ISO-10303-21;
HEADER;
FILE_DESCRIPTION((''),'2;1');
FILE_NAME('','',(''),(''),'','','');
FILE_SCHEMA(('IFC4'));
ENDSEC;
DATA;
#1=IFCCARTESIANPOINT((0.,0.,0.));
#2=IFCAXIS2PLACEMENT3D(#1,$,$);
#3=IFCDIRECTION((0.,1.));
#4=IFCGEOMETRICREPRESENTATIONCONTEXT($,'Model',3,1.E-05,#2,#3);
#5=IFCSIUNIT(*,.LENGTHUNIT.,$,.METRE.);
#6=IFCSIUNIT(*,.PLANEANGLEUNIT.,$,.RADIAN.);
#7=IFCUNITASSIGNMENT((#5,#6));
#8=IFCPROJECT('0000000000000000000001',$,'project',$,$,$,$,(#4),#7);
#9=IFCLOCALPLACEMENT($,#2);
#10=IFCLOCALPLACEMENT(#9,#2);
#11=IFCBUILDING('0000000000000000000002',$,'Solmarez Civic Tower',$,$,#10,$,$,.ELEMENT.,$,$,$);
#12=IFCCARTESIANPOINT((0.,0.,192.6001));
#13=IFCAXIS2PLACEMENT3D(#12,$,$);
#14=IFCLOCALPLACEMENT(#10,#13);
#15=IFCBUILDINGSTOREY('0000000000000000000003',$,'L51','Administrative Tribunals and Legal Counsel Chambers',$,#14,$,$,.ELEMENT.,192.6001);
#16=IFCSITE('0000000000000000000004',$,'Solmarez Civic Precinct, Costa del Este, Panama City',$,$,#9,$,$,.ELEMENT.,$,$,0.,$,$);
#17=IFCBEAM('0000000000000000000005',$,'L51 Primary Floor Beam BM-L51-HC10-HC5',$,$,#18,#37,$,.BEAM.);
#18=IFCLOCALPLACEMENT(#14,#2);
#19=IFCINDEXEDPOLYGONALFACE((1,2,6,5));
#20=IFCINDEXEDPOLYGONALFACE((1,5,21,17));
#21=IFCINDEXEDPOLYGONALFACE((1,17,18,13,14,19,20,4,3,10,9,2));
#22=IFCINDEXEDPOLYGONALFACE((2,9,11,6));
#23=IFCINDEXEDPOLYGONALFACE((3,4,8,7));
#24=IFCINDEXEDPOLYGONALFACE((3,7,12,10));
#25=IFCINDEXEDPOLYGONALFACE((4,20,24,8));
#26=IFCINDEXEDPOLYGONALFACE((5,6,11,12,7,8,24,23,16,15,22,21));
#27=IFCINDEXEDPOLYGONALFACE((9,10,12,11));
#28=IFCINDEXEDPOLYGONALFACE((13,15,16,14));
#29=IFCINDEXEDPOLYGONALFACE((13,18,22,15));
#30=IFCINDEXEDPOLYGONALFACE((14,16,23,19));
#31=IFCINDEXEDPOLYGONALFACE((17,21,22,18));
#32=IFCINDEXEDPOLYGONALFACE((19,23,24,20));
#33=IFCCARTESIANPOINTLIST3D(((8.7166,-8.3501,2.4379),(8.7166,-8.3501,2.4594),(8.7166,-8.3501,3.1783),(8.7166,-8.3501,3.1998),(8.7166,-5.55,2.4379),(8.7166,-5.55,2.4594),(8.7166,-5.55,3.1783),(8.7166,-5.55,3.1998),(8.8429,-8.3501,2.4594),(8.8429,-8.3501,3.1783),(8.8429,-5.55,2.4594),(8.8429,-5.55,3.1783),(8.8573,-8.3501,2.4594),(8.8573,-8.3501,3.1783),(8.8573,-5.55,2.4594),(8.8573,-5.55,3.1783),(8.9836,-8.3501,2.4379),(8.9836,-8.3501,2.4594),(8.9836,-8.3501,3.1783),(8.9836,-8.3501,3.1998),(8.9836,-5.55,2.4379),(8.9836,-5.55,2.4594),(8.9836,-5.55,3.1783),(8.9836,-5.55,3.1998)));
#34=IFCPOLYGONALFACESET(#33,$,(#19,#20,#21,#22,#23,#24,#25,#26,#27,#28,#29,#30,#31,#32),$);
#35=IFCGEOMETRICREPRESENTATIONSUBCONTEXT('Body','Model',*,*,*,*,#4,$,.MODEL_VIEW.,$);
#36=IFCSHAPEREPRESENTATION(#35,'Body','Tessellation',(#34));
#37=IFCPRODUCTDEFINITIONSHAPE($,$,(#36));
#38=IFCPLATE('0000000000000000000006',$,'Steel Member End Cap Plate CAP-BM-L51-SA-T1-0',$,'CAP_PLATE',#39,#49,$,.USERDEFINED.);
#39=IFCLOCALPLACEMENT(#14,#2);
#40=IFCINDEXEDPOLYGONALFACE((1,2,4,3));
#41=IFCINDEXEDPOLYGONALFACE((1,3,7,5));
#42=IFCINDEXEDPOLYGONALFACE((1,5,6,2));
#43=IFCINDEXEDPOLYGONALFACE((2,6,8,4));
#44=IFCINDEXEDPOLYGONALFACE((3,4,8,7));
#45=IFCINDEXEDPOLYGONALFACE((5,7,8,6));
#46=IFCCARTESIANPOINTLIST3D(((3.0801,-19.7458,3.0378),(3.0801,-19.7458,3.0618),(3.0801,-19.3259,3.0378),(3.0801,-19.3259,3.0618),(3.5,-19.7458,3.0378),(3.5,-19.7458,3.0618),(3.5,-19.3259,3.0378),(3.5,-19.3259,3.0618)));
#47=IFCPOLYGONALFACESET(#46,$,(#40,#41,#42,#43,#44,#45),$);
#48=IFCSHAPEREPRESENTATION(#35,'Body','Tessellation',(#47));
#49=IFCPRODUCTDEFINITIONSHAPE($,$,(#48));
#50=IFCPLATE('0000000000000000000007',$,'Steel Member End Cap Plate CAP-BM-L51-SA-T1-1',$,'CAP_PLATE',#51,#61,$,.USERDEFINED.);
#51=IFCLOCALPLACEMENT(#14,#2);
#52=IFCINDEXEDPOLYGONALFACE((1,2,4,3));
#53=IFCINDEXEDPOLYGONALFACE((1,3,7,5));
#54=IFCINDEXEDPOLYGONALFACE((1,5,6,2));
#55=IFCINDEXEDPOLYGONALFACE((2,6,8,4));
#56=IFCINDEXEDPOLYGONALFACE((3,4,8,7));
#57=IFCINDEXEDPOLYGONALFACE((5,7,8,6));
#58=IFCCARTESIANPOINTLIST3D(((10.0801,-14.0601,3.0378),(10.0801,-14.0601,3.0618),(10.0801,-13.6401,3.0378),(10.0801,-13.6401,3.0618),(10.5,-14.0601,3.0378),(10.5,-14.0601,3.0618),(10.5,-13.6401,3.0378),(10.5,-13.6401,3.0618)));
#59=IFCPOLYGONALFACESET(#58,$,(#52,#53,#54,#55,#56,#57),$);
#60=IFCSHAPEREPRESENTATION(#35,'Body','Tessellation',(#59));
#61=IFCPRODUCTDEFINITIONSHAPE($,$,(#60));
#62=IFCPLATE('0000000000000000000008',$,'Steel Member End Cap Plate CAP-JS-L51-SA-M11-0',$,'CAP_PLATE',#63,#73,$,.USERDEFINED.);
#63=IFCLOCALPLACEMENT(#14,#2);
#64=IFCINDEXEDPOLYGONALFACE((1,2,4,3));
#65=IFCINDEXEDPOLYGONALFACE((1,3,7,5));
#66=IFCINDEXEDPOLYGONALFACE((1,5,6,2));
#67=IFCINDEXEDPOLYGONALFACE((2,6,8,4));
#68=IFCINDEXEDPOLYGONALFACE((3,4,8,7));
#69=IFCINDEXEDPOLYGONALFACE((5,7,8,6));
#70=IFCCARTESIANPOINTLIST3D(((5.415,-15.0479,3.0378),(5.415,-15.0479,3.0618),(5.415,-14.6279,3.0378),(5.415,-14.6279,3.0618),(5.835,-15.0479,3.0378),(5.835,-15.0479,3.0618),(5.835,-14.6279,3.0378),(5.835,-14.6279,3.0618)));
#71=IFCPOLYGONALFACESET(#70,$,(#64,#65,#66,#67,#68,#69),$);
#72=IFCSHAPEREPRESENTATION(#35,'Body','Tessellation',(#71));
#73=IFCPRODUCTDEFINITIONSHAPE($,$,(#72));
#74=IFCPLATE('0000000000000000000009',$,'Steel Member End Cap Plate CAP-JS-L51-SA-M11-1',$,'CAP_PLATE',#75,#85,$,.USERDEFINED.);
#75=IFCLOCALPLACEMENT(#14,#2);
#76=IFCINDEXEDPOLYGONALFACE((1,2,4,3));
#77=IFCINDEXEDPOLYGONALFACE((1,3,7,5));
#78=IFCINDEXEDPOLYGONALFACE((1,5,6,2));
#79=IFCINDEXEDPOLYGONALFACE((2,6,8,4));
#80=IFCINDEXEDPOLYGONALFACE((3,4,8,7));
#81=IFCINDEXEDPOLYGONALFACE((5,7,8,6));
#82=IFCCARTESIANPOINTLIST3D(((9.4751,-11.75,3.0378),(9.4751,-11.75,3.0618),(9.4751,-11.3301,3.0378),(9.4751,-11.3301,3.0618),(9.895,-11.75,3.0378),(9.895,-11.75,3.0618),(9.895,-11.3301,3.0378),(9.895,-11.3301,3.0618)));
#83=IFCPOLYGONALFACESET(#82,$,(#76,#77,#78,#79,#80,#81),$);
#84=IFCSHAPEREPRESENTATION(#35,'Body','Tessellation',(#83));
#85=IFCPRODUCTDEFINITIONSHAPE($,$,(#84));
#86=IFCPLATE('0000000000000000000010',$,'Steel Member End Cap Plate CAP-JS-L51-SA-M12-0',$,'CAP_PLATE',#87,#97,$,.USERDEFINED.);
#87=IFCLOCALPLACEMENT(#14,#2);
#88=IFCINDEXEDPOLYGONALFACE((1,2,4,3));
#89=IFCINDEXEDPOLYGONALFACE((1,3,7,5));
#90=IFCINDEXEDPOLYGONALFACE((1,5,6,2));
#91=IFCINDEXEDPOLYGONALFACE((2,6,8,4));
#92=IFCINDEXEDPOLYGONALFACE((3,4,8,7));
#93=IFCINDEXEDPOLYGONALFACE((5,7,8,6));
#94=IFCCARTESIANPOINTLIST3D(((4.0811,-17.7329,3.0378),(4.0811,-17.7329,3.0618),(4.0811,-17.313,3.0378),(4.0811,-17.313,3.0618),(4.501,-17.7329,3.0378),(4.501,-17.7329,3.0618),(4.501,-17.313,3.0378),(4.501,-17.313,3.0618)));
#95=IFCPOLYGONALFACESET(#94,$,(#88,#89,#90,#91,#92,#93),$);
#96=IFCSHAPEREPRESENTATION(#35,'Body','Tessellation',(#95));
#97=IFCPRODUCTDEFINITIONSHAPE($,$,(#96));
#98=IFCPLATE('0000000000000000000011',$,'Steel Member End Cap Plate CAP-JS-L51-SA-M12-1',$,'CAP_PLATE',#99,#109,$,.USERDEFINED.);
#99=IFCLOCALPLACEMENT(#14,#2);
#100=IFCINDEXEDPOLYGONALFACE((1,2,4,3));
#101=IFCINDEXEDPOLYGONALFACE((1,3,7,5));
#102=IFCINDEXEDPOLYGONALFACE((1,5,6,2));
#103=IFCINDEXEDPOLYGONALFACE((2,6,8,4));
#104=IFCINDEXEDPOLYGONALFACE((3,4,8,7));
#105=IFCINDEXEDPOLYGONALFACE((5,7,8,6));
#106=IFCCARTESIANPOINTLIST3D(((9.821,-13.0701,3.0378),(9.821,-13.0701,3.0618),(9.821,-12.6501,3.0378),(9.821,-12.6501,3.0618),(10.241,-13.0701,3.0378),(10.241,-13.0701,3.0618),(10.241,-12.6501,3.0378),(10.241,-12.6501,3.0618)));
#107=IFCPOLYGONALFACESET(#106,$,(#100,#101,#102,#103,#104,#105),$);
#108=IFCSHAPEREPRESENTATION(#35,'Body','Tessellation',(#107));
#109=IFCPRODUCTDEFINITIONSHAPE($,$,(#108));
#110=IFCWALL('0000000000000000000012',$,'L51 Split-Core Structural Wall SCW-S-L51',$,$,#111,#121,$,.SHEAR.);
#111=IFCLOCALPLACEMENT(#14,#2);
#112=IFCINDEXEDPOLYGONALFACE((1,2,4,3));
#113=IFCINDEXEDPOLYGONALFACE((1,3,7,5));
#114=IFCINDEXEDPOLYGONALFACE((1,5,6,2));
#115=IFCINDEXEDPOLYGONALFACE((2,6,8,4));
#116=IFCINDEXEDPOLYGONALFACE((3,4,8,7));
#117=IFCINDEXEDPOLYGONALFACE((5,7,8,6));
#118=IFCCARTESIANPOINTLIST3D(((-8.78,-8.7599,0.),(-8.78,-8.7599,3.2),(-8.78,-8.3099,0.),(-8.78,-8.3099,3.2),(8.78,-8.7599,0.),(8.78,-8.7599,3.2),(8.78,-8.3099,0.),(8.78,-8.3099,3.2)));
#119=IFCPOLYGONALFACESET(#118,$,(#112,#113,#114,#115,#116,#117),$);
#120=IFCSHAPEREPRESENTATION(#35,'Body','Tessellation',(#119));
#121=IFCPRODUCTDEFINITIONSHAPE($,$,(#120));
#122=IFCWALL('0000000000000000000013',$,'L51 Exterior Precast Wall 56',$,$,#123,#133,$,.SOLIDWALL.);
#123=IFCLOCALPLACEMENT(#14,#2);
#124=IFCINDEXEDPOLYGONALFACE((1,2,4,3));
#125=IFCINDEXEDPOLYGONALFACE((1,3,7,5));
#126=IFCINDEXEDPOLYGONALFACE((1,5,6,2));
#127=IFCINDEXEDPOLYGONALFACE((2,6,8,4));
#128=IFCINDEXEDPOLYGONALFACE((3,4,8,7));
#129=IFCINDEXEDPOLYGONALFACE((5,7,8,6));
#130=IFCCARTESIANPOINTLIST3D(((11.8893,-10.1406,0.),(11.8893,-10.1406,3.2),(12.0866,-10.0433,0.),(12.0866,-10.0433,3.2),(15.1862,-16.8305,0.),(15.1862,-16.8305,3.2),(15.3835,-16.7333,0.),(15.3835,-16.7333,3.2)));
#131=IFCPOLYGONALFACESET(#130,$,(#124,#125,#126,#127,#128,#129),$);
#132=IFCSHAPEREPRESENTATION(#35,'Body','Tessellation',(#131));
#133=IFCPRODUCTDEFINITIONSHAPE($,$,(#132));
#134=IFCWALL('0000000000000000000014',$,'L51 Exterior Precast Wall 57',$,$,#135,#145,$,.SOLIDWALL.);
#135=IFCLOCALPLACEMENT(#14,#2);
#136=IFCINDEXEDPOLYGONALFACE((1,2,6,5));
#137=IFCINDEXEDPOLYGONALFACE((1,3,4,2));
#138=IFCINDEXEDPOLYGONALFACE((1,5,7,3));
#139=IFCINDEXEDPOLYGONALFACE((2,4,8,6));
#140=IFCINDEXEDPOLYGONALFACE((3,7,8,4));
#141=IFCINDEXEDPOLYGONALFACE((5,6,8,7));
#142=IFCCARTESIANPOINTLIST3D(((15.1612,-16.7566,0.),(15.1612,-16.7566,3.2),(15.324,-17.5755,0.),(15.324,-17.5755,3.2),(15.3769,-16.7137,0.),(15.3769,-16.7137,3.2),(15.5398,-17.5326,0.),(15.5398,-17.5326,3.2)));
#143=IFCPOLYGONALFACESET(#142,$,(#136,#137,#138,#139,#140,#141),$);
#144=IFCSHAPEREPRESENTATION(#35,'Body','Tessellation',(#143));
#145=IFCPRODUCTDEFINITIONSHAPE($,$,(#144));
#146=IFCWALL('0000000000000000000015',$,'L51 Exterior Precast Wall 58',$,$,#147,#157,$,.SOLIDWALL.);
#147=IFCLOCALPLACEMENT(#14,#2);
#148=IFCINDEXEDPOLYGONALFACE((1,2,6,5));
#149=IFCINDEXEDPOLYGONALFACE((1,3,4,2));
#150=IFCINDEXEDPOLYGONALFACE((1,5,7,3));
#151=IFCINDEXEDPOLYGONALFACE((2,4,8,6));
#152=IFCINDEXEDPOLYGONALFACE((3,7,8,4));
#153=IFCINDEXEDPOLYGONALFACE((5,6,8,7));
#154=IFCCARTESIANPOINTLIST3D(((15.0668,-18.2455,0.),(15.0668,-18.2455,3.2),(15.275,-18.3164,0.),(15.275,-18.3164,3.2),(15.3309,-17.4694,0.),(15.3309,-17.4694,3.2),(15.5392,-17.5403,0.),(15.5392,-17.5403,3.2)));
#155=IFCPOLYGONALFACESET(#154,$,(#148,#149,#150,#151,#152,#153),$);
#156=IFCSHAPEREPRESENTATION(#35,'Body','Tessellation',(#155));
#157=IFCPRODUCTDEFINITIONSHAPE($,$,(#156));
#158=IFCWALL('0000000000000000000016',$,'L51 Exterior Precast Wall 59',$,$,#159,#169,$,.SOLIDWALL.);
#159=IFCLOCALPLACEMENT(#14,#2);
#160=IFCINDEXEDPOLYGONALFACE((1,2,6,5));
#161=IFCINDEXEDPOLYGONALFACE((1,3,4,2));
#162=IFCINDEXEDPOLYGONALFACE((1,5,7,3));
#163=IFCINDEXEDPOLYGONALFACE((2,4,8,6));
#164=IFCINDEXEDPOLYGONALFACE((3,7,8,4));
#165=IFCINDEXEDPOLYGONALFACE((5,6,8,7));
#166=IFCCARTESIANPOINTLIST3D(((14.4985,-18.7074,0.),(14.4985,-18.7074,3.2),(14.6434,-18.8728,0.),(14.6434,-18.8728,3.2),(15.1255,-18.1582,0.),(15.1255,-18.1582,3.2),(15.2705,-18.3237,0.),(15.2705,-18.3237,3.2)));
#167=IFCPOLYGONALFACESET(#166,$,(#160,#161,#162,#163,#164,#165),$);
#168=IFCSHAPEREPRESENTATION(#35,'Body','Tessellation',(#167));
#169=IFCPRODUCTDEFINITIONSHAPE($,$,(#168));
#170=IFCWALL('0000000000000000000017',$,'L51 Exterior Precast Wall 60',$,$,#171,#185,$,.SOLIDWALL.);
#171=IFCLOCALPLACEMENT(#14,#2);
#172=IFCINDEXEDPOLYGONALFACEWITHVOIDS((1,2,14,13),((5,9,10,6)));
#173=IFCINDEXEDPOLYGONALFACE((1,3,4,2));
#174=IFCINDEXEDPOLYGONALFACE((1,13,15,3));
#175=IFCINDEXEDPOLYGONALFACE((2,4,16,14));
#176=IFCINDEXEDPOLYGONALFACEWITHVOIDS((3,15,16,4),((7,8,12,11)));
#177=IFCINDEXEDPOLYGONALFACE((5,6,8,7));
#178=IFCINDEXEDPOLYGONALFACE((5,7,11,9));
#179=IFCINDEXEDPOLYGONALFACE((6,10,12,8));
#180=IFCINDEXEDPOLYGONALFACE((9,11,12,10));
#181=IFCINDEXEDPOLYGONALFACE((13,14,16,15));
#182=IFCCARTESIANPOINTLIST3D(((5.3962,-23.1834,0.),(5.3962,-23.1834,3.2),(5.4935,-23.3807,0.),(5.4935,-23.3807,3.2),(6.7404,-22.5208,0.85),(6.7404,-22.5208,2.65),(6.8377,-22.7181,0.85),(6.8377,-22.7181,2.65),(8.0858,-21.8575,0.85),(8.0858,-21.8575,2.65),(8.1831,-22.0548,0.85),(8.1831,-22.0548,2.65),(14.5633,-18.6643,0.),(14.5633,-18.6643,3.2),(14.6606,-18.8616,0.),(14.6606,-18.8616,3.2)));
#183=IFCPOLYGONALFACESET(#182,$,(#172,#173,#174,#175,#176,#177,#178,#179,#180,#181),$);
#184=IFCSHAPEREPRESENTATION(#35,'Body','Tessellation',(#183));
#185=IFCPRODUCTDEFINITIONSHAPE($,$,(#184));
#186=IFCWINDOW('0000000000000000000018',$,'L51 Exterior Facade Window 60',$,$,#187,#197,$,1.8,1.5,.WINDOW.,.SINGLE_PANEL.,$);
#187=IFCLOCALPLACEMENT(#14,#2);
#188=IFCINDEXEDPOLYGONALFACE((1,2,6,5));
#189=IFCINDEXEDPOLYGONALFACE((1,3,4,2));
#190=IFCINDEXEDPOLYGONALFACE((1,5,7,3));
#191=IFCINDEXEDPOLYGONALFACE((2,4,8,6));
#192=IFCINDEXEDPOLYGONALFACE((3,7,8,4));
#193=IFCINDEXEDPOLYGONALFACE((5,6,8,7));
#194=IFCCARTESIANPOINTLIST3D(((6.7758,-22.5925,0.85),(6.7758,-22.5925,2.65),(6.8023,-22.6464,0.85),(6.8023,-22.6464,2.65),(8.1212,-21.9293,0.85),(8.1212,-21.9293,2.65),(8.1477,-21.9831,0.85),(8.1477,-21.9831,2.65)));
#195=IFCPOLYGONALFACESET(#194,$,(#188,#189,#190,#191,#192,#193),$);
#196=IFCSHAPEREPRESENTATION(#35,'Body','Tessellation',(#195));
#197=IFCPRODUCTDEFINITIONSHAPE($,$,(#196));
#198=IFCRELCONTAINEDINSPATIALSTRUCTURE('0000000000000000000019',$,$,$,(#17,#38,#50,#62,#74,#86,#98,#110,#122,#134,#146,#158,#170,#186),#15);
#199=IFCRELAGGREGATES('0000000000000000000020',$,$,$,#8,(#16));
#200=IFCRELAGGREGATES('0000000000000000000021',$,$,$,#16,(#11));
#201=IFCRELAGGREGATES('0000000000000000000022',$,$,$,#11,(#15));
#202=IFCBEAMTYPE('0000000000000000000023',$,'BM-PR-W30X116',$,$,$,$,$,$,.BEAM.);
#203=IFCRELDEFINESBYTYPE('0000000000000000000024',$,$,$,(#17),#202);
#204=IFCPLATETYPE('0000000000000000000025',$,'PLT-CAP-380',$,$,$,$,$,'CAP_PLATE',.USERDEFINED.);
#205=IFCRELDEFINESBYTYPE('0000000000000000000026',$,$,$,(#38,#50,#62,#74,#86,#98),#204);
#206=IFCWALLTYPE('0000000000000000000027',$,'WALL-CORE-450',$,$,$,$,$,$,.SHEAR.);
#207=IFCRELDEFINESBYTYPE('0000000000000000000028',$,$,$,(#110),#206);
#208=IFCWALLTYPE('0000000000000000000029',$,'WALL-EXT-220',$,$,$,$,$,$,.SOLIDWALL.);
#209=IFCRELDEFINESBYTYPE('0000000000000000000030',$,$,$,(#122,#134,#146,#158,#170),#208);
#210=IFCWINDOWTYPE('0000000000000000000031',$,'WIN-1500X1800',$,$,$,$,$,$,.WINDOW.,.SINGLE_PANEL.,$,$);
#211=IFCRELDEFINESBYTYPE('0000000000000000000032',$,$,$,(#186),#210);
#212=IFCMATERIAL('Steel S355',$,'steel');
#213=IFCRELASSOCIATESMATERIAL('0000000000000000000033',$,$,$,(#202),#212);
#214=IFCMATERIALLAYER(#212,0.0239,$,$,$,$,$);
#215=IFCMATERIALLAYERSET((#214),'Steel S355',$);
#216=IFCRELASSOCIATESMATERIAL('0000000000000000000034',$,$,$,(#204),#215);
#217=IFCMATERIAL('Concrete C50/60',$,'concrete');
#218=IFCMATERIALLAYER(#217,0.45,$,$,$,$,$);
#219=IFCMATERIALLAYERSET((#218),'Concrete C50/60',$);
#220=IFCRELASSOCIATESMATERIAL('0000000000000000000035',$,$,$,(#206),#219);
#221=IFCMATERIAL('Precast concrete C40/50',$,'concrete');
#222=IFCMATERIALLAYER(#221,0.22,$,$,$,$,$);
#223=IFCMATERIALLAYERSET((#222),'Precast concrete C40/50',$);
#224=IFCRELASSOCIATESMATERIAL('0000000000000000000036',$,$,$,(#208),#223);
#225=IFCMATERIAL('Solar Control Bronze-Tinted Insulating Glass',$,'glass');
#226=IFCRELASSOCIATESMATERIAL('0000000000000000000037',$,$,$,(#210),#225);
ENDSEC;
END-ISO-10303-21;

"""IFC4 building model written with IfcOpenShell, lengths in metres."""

from ifc_helpers import new_model, si_unit, direction, frame, frame_2d, origin, origin_2d, place, context, subcontext, project, spatial, rectangle, i_section, extrude, material, layer, layer_set, material_profile, profile_set, type_object, element, fill, save


model = new_model("IFC4")

# Units and contexts
model_context = context("Model", 3, precision=1e-05, world=origin(), true_north=direction((0.0, 1.0)))
body_context = subcontext(model_context, "Body", "Model", "MODEL_VIEW")
ifc_project = project(units=[si_unit("LENGTHUNIT", "METRE"), si_unit("PLANEANGLEUNIT", "RADIAN")], contexts=[model_context])

# Site, building, storey
site_placement = place(None, origin())
site = spatial("IfcSite", under=ifc_project, at=site_placement, Name="Solmarez Civic Precinct, Costa del Este, Panama City", CompositionType="ELEMENT", RefElevation=0.0)
building_placement = place(site_placement, origin())
building = spatial("IfcBuilding", under=site, at=building_placement, Name="Solmarez Civic Tower", CompositionType="ELEMENT")
storey_placement = place(building_placement, frame((0.0, 0.0, 192.6001)))
storey = spatial("IfcBuildingStorey", under=building, at=storey_placement, Name="L51", Description="Administrative Tribunals and Legal Counsel Chambers", CompositionType="ELEMENT", Elevation=192.6001)

# Shared definitions
ifc_material_1 = material(Name="Concrete C50/60", Category="concrete")
ifc_material_2 = material(Name="Steel S355", Category="steel")

# Beam
ifc_material_profile_1 = material_profile(ifc_material_2, i_section(OverallWidth=0.2671, OverallDepth=0.762, WebThickness=0.0144, FlangeThickness=0.0215, at=origin_2d()), Name="W30X116")
ifc_profile_set_1 = profile_set([ifc_material_profile_1], Name="Steel S355")
beam_type_1 = type_object("IfcBeamType", Name="BM-PR-W30X116", PredefinedType="BEAM", material=ifc_profile_set_1)
beam_1_placement = place(storey_placement, frame((8.8501, -8.3501, 2.8188), z_axis=(0.0, 1.0, 0.0), x_axis=(-1.0, 0.0, 0.0)))
element("IfcBeam", 1, at=beam_1_placement, inside=storey, type_object=beam_type_1, Name="L51 Primary Floor Beam BM-L51-HC10-HC5", PredefinedType="BEAM", context=body_context, shape_type="SweptSolid", body=[
    extrude(i_section(OverallWidth=0.2671, OverallDepth=0.762, WebThickness=0.0144, FlangeThickness=0.0215, at=origin_2d()), origin(), (0.0, 0.0, 1.0), 2.8),
])

# Plates
ifc_layer_1 = layer(ifc_material_2, 0.0239)
ifc_layer_set_1 = layer_set([ifc_layer_1], Name="Steel S355")
plate_type = type_object("IfcPlateType", Name="PLT-CAP-380", ElementType="CAP_PLATE", PredefinedType="USERDEFINED", material=ifc_layer_set_1)
for number, where, z_axis, x_axis, name in (
    (2, (3.29, -19.5359, 3.0378), (0.0, 0.0, 1.0), (1.0, 0.0, 0.0), "Steel Member End Cap Plate CAP-BM-L51-SA-T1-0"),
    (3, (10.29, -13.8501, 3.0378), (0.0, 0.0, 1.0), (1.0, 0.0, 0.0), "Steel Member End Cap Plate CAP-BM-L51-SA-T1-1"),
    (4, (5.625, -14.8379, 3.0378), (0.0, 0.0, 1.0), (1.0, 0.0, 0.0), "Steel Member End Cap Plate CAP-JS-L51-SA-M11-0"),
    (5, (9.6851, -11.54, 3.0378), (0.0, 0.0, 1.0), (1.0, 0.0, 0.0), "Steel Member End Cap Plate CAP-JS-L51-SA-M11-1"),
    (6, (4.291, -17.5229, 3.0378), (0.0, 0.0, 1.0), (1.0, 0.0, 0.0), "Steel Member End Cap Plate CAP-JS-L51-SA-M12-0"),
    (7, (10.031, -12.8601, 3.0378), (0.0, 0.0, 1.0), (1.0, 0.0, 0.0), "Steel Member End Cap Plate CAP-JS-L51-SA-M12-1"),
):
    element("IfcPlate", number, at=place(storey_placement, frame(where, z_axis=z_axis, x_axis=x_axis)), inside=storey, type_object=plate_type, Name=name, ObjectType="CAP_PLATE", PredefinedType="USERDEFINED", context=body_context, shape_type="SweptSolid", body=[
        extrude(rectangle(XDim=0.4199, YDim=0.4199, at=origin_2d()), origin(), (0.0, 0.0, 1.0), 0.0239),
    ])

# Walls
ifc_layer_2 = layer(ifc_material_1, 0.45)
ifc_layer_set_2 = layer_set([ifc_layer_2], Name="Concrete C50/60")
wall_type_1 = type_object("IfcWallType", Name="WALL-CORE-450", PredefinedType="SHEAR", material=ifc_layer_set_2)
wall_1_placement = place(storey_placement, frame((8.78, -8.5349, 0.0), z_axis=(0.0, 0.0, 1.0), x_axis=(-1.0, 0.0, 0.0)))
element("IfcWall", 8, at=wall_1_placement, inside=storey, type_object=wall_type_1, Name="L51 Split-Core Structural Wall SCW-S-L51", PredefinedType="SHEAR", context=body_context, shape_type="SweptSolid", body=[
    extrude(rectangle(XDim=17.5601, YDim=0.45, at=frame_2d((8.78, 0.0))), origin(), (0.0, 0.0, 1.0), 3.2),
])
ifc_material_3 = material(Name="Precast concrete C40/50", Category="concrete")
ifc_layer_3 = layer(ifc_material_3, 0.22)
ifc_layer_set_3 = layer_set([ifc_layer_3], Name="Precast concrete C40/50")
wall_type_2 = type_object("IfcWallType", Name="WALL-EXT-220", PredefinedType="SOLIDWALL", material=ifc_layer_set_3)
wall_2_placement = place(storey_placement, frame((11.988, -10.092, 0.0), z_axis=(0.0, 0.0, 1.0), x_axis=(0.442047, -0.896992, 0.0)))
element("IfcWall", 9, at=wall_2_placement, inside=storey, type_object=wall_type_2, Name="L51 Exterior Precast Wall 56", PredefinedType="SOLIDWALL", context=body_context, shape_type="SweptSolid", body=[
    extrude(rectangle(XDim=7.4583, YDim=0.22, at=frame_2d((3.729, 0.0))), origin(), (0.0, 0.0, 1.0), 3.2),
])
wall_3_placement = place(storey_placement, frame((15.269, -16.7351, 0.0), z_axis=(0.0, 0.0, 1.0), x_axis=(0.195048, -0.980794, 0.0)))
element("IfcWall", 10, at=wall_3_placement, inside=storey, type_object=wall_type_2, Name="L51 Exterior Precast Wall 57", PredefinedType="SOLIDWALL", context=body_context, shape_type="SweptSolid", body=[
    extrude(rectangle(XDim=0.835, YDim=0.22, at=frame_2d((0.4175, 0.0))), origin(), (0.0, 0.0, 1.0), 3.2),
])
wall_4_placement = place(storey_placement, frame((15.4351, -17.5049, 0.0), z_axis=(0.0, 0.0, 1.0), x_axis=(-0.322207, -0.946669, 0.0)))
element("IfcWall", 11, at=wall_4_placement, inside=storey, type_object=wall_type_2, Name="L51 Exterior Precast Wall 58", PredefinedType="SOLIDWALL", context=body_context, shape_type="SweptSolid", body=[
    extrude(rectangle(XDim=0.8198, YDim=0.22, at=frame_2d((0.4099, 0.0))), origin(), (0.0, 0.0, 1.0), 3.2),
])
wall_5_placement = place(storey_placement, frame((15.198, -18.241, 0.0), z_axis=(0.0, 0.0, 1.0), x_axis=(-0.752286, -0.658836, 0.0)))
element("IfcWall", 12, at=wall_5_placement, inside=storey, type_object=wall_type_2, Name="L51 Exterior Precast Wall 59", PredefinedType="SOLIDWALL", context=body_context, shape_type="SweptSolid", body=[
    extrude(rectangle(XDim=0.8335, YDim=0.22, at=frame_2d((0.4167, 0.0))), origin(), (0.0, 0.0, 1.0), 3.2),
])

# Wall, opening, window
wall_6_placement = place(storey_placement, frame((14.6121, -18.7629, 0.0), z_axis=(0.0, 0.0, 1.0), x_axis=(-0.896936, -0.442161, 0.0)))
wall_6 = element("IfcWall", 13, at=wall_6_placement, inside=storey, type_object=wall_type_2, Name="L51 Exterior Precast Wall 60", PredefinedType="SOLIDWALL", context=body_context, shape_type="SweptSolid", body=[
    extrude(rectangle(XDim=10.2205, YDim=0.22, at=frame_2d((5.1104, 0.0))), origin(), (0.0, 0.0, 1.0), 3.2),
])
opening_1_placement = place(wall_6_placement, frame((7.2219, 0.0, 0.8501)))
opening_1 = element("IfcOpeningElement", 14, at=opening_1_placement, cuts=wall_6, PredefinedType="OPENING", context=body_context, shape_type="SweptSolid", body=[
    extrude(rectangle(XDim=1.5, YDim=1.8, at=frame_2d((0.75, 0.8999))), frame((0.0, 0.1199, 0.0), z_axis=(0.0, -1.0, 0.0), x_axis=(1.0, 0.0, 0.0)), (0.0, 0.0, 1.0), 0.24),
])
ifc_material_4 = material(Name="Solar Control Bronze-Tinted Insulating Glass", Category="glass")
window_type = type_object("IfcWindowType", Name="WIN-1500X1800", PartitioningType="SINGLE_PANEL", PredefinedType="WINDOW", material=ifc_material_4)
window_placement = place(opening_1_placement, origin())
window = element("IfcWindow", 15, at=window_placement, inside=storey, type_object=window_type, Name="L51 Exterior Facade Window 60", OverallHeight=1.8, OverallWidth=1.5, PartitioningType="SINGLE_PANEL", PredefinedType="WINDOW", context=body_context, shape_type="SweptSolid", body=[
    extrude(rectangle(XDim=1.5, YDim=1.8, at=frame_2d((0.75, 0.8999))), frame((0.0, 0.03, 0.0), z_axis=(0.0, -1.0, 0.0), x_axis=(1.0, 0.0, 0.0)), (0.0, 0.0, 1.0), 0.0601),
])
fill(opening_1, window)

save(model, "model.ifc")
